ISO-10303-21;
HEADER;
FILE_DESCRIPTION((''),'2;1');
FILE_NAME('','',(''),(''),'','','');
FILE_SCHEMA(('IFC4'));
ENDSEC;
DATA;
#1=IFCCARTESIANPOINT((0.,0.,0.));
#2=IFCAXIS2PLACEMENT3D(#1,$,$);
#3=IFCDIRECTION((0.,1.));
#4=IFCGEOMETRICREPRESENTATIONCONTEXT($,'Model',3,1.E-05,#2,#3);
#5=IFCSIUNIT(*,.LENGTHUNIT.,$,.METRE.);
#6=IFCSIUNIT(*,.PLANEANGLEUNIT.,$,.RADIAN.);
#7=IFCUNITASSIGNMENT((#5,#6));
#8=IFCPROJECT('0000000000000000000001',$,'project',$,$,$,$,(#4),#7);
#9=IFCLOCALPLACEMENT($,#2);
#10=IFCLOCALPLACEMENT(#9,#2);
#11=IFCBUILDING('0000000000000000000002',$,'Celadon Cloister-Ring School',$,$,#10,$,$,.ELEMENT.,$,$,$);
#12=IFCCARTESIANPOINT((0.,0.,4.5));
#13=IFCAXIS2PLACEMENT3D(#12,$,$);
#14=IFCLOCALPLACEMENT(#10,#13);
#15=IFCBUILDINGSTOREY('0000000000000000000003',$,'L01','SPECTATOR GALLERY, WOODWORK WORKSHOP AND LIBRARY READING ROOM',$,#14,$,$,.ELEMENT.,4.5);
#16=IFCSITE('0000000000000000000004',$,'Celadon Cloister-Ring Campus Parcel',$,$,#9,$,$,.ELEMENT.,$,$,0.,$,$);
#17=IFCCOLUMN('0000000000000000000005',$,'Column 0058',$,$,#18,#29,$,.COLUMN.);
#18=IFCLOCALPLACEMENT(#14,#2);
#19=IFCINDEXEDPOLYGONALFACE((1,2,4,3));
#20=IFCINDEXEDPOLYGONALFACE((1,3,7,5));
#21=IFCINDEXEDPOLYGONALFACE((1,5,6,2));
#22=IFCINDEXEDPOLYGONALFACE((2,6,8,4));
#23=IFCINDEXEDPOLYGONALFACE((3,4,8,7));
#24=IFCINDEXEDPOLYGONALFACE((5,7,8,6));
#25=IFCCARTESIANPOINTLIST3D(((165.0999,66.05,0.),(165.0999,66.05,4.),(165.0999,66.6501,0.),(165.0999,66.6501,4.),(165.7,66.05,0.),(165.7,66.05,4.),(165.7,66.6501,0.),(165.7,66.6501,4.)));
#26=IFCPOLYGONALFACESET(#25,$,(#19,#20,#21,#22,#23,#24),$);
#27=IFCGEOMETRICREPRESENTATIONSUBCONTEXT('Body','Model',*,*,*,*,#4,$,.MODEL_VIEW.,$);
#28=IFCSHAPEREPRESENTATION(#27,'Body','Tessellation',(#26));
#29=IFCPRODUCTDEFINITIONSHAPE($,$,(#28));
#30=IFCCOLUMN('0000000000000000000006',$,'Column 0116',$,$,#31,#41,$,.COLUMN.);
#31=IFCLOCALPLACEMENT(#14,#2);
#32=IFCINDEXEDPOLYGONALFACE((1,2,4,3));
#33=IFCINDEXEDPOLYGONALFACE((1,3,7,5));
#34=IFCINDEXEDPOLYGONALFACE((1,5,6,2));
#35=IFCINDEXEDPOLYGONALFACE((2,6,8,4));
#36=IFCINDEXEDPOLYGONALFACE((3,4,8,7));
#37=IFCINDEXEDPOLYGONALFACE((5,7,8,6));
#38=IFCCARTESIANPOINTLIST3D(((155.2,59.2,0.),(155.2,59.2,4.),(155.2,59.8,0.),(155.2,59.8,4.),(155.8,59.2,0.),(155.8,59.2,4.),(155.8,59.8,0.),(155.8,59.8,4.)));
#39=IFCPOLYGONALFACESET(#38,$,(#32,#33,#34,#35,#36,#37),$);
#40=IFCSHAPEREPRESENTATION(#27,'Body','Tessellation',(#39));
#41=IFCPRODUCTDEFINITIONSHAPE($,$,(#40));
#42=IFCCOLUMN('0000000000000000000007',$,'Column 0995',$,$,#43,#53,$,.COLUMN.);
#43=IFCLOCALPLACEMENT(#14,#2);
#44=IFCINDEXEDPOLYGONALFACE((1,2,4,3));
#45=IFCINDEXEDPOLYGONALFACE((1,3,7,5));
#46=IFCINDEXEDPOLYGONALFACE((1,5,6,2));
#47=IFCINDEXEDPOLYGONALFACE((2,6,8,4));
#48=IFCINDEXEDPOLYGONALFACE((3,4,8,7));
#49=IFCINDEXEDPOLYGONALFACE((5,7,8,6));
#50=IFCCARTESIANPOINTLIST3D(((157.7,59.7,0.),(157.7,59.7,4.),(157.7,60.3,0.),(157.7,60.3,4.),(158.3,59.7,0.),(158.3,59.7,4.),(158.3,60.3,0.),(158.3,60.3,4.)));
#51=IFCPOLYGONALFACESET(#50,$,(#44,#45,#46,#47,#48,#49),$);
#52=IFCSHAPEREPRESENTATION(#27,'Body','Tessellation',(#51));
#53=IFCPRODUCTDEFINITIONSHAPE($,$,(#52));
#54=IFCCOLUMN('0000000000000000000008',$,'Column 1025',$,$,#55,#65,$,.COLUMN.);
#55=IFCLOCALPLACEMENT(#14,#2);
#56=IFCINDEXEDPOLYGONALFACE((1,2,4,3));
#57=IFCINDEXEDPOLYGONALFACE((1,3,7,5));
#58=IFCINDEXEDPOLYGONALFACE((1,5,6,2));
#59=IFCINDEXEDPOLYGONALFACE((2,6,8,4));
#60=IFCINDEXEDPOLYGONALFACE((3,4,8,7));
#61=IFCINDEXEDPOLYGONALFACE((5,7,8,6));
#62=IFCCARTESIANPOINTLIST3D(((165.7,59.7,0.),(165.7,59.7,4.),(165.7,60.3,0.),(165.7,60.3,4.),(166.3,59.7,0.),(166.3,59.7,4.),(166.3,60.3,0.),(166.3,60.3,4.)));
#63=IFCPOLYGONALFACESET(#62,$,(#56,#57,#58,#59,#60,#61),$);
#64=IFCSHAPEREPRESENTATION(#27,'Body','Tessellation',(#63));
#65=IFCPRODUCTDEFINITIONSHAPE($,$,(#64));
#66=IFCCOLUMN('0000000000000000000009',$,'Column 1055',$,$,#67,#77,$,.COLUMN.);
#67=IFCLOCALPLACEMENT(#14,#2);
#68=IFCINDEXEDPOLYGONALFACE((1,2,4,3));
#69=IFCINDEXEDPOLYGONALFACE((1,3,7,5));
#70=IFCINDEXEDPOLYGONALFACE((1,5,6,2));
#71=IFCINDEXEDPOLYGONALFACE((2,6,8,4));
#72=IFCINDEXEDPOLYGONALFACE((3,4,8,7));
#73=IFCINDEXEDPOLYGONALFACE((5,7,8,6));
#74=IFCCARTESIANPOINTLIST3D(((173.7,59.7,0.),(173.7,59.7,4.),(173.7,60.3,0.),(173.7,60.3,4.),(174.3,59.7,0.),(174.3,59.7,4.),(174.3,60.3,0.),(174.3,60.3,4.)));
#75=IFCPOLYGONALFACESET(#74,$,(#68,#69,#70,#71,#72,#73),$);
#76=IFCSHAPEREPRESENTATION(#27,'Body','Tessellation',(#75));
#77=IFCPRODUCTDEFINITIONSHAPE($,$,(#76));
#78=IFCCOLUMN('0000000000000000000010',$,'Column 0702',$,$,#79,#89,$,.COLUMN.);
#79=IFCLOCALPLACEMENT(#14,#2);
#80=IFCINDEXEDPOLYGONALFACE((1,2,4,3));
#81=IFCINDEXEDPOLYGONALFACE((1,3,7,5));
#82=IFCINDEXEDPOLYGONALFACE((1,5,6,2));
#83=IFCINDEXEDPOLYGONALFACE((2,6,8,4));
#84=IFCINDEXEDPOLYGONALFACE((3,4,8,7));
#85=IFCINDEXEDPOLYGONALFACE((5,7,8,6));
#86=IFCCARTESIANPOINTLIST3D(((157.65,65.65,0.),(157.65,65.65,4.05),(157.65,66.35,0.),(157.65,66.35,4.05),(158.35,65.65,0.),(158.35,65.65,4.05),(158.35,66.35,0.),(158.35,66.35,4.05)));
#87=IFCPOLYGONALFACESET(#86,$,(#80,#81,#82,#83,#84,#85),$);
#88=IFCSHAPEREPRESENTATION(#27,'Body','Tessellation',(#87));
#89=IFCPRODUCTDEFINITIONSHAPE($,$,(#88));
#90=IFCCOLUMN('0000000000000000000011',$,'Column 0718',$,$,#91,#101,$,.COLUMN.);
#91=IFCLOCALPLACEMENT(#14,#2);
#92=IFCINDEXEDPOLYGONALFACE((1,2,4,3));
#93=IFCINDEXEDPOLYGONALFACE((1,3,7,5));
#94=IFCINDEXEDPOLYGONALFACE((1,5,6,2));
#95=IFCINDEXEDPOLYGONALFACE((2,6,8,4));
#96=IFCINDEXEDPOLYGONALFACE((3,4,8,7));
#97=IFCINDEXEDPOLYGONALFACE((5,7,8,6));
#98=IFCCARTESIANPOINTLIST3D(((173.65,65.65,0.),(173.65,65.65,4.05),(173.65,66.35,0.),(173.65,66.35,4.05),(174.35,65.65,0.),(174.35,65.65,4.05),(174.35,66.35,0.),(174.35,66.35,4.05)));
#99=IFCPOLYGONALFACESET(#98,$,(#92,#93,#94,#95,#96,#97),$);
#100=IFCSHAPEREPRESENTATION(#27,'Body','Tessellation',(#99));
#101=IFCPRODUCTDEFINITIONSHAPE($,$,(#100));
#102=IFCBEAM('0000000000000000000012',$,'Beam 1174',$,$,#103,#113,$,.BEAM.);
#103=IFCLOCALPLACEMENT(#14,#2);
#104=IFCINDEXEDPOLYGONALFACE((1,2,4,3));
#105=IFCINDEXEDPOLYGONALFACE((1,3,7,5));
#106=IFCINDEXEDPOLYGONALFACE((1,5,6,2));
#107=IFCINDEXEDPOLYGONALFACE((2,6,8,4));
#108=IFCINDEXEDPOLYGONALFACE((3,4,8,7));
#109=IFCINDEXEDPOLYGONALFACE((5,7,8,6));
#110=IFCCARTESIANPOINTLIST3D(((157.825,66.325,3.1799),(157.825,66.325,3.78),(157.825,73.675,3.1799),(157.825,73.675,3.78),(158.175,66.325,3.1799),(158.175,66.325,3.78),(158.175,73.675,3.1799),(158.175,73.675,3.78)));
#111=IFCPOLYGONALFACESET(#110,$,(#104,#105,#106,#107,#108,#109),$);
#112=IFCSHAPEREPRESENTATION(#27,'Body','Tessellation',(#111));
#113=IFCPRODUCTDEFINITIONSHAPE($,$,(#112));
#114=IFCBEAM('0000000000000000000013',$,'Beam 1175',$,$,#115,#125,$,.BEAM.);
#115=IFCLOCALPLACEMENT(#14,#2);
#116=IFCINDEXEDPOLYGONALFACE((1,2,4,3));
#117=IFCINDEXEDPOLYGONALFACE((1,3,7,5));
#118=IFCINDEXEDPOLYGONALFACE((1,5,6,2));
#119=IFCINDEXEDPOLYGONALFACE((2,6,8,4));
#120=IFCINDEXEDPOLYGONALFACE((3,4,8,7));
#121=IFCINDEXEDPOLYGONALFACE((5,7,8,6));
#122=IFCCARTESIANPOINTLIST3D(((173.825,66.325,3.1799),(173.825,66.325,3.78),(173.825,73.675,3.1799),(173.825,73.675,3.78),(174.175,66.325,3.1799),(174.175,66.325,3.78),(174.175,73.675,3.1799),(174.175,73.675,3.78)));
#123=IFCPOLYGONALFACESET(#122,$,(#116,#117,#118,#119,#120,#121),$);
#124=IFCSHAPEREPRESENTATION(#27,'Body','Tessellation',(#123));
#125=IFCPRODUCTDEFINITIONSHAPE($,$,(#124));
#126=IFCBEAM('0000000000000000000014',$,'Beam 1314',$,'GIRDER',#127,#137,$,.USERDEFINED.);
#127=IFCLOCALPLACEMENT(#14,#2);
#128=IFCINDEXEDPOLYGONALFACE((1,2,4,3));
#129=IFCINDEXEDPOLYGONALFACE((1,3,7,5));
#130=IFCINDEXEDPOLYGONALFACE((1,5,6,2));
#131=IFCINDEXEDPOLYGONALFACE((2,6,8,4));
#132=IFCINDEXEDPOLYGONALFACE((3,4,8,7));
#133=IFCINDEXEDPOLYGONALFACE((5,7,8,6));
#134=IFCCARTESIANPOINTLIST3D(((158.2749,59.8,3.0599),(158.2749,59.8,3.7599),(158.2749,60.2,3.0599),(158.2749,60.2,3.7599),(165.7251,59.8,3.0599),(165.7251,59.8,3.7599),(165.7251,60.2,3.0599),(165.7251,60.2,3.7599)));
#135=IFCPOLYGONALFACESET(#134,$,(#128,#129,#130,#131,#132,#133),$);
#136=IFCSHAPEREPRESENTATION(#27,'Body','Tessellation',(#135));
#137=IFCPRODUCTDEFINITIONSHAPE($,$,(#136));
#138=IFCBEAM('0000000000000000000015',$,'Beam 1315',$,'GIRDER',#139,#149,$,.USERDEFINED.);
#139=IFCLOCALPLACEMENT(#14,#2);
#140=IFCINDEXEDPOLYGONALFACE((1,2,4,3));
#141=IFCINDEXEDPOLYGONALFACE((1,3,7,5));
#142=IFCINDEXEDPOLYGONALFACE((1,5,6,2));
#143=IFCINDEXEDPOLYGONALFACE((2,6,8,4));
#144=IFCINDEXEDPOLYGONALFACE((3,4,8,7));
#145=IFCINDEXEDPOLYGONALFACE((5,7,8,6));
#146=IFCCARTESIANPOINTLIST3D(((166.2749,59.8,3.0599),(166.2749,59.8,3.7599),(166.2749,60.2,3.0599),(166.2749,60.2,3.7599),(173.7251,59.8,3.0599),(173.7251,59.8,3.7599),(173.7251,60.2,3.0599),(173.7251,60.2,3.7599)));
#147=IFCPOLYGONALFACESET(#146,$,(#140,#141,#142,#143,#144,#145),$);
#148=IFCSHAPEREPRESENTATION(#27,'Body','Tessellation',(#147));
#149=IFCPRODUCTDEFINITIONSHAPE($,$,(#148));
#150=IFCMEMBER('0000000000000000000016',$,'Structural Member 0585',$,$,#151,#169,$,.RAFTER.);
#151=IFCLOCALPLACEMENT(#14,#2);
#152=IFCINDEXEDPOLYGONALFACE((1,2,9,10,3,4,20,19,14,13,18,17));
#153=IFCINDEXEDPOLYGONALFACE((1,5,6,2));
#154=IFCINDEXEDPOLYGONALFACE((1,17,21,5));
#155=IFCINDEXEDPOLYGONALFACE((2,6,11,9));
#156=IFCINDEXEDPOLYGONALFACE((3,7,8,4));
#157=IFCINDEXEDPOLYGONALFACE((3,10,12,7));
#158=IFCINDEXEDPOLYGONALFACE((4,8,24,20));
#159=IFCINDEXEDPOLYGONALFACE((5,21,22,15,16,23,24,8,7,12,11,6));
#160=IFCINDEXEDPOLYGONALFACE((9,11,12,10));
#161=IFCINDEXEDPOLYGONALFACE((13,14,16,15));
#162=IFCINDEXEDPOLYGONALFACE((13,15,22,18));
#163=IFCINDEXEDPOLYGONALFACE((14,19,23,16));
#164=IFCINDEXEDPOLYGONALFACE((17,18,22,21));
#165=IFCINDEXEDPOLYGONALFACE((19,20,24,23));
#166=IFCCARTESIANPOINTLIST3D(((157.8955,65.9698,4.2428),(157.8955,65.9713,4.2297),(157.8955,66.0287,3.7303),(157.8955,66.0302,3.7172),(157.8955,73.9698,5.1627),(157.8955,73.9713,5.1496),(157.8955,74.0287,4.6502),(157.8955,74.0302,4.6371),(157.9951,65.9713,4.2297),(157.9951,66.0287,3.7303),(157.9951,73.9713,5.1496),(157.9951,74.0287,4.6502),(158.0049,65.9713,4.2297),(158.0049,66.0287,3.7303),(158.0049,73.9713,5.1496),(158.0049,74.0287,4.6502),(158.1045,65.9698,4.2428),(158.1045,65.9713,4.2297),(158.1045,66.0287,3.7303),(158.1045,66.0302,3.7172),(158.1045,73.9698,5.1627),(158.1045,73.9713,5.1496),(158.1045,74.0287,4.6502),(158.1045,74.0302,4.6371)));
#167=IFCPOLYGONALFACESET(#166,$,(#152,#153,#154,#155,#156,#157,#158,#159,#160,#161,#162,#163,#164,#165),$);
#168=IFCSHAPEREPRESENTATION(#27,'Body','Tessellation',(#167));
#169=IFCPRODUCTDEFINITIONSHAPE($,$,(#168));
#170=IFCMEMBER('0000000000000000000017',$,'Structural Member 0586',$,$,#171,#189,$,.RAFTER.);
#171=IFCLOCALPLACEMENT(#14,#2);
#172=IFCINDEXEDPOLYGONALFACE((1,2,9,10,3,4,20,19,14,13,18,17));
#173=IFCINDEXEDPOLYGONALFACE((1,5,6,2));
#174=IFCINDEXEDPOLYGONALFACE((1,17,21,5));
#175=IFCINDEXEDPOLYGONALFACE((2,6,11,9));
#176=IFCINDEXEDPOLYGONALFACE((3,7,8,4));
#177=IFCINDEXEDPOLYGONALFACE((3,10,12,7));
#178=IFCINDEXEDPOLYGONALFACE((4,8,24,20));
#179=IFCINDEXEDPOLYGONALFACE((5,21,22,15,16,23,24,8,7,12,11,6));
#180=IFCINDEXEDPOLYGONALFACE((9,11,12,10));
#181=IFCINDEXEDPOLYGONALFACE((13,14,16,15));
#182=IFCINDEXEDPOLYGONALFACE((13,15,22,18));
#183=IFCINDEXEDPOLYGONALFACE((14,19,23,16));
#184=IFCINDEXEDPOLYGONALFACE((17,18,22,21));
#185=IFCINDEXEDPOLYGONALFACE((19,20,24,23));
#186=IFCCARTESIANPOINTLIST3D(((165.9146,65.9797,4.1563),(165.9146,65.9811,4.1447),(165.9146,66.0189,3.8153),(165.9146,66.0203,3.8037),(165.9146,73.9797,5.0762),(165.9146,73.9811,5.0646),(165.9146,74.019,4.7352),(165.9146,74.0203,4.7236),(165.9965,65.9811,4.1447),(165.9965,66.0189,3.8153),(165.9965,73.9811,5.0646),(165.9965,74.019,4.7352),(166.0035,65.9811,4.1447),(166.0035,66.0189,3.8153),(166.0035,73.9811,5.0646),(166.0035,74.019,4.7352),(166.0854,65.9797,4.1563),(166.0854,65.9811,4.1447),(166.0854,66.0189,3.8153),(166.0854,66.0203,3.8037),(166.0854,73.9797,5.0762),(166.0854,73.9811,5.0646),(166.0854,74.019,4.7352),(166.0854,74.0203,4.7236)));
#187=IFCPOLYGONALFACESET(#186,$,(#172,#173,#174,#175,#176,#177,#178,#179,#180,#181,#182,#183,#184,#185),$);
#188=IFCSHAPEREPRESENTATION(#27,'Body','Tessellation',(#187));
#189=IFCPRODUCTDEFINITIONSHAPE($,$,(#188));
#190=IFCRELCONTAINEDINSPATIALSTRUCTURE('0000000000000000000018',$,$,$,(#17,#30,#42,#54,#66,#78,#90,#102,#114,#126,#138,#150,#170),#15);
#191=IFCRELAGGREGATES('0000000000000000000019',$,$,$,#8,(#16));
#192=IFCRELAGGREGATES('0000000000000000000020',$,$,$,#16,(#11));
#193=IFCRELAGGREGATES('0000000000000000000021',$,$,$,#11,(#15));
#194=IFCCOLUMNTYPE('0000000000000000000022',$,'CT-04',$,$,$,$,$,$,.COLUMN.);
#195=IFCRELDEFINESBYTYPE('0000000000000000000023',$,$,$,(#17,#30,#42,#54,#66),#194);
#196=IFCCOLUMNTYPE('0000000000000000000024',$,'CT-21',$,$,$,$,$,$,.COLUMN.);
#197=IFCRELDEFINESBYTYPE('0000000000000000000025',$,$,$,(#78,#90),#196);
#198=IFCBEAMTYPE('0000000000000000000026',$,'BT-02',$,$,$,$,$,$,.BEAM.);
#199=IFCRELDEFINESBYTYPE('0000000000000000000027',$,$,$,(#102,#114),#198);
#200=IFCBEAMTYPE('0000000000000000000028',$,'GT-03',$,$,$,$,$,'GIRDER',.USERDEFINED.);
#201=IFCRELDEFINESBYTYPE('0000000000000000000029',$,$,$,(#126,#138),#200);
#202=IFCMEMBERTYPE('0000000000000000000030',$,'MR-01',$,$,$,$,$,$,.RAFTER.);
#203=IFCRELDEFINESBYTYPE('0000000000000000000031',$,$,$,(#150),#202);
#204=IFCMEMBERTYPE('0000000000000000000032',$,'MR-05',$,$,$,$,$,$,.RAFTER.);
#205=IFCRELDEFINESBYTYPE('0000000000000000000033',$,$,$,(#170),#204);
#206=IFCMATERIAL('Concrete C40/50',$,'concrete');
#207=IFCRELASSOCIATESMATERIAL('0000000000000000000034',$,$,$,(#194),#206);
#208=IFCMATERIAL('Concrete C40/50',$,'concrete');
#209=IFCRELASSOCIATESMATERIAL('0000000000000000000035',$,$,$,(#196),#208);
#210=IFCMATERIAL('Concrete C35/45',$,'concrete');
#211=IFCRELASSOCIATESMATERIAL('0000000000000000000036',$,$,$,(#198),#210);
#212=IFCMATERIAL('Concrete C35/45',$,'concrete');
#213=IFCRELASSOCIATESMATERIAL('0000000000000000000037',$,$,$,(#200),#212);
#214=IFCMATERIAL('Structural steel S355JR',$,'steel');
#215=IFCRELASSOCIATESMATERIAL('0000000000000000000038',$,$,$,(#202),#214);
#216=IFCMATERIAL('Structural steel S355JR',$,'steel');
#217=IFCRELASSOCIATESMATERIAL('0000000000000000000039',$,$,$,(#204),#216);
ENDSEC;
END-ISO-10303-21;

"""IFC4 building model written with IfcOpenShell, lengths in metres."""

from ifc_helpers import new_model, si_unit, direction, frame, origin, origin_2d, place, context, subcontext, project, spatial, rectangle, i_section, extrude, material, material_profile, profile_set, type_object, element, save


model = new_model("IFC4")

# Units and contexts
model_context = context("Model", 3, precision=1e-05, world=origin(), true_north=direction((0.0, 1.0)))
body_context = subcontext(model_context, "Body", "Model", "MODEL_VIEW")
ifc_project = project(units=[si_unit("LENGTHUNIT", "METRE"), si_unit("PLANEANGLEUNIT", "RADIAN")], contexts=[model_context])

# Site, building, storey
site_placement = place(None, origin())
site = spatial("IfcSite", under=ifc_project, at=site_placement, Name="Celadon Cloister-Ring Campus Parcel", CompositionType="ELEMENT", RefElevation=0.0)
building_placement = place(site_placement, origin())
building = spatial("IfcBuilding", under=site, at=building_placement, Name="Celadon Cloister-Ring School", CompositionType="ELEMENT")
storey_placement = place(building_placement, frame((0.0, 0.0, 4.5)))
storey = spatial("IfcBuildingStorey", under=building, at=storey_placement, Name="L01", Description="SPECTATOR GALLERY, WOODWORK WORKSHOP AND LIBRARY READING ROOM", CompositionType="ELEMENT", Elevation=4.5)

# Columns
ifc_material_1 = material(Name="Concrete C40/50", Category="concrete")
ifc_material_profile_1 = material_profile(ifc_material_1, rectangle(XDim=0.6001, YDim=0.6001, at=origin_2d()), Name="RC600X600")
ifc_profile_set_1 = profile_set([ifc_material_profile_1], Name="Concrete C40/50")
column_type_1 = type_object("IfcColumnType", Name="CT-04", PredefinedType="COLUMN", material=ifc_profile_set_1)
for number, where, z_axis, x_axis, name in (
    (1, (165.3999, 66.3501, 0.0), (0.0, 0.0, 1.0), (1.0, 0.0, 0.0), "Column 0058"),
    (2, (155.5, 59.5, 0.0), (0.0, 0.0, 1.0), (1.0, 0.0, 0.0), "Column 0116"),
    (3, (158.0, 60.0, 0.0), (0.0, 0.0, 1.0), (1.0, 0.0, 0.0), "Column 0995"),
    (4, (166.0, 60.0, 0.0), (0.0, 0.0, 1.0), (1.0, 0.0, 0.0), "Column 1025"),
    (5, (174.0, 60.0, 0.0), (0.0, 0.0, 1.0), (1.0, 0.0, 0.0), "Column 1055"),
):
    element("IfcColumn", number, at=place(storey_placement, frame(where, z_axis=z_axis, x_axis=x_axis)), inside=storey, type_object=column_type_1, Name=name, PredefinedType="COLUMN", context=body_context, shape_type="SweptSolid", body=[
        extrude(rectangle(XDim=0.6001, YDim=0.6001, at=origin_2d()), origin(), (0.0, 0.0, 1.0), 4.0),
    ])
ifc_material_2 = material(Name="Concrete C40/50", Category="concrete")
ifc_material_profile_2 = material_profile(ifc_material_2, rectangle(XDim=0.7, YDim=0.7, at=origin_2d()), Name="RC700X700")
ifc_profile_set_2 = profile_set([ifc_material_profile_2], Name="Concrete C40/50")
column_type_2 = type_object("IfcColumnType", Name="CT-21", PredefinedType="COLUMN", material=ifc_profile_set_2)
for number, where, z_axis, x_axis, name in (
    (6, (158.0, 66.0, 0.0), (0.0, 0.0, 1.0), (1.0, 0.0, 0.0), "Column 0702"),
    (7, (174.0, 66.0, 0.0), (0.0, 0.0, 1.0), (1.0, 0.0, 0.0), "Column 0718"),
):
    element("IfcColumn", number, at=place(storey_placement, frame(where, z_axis=z_axis, x_axis=x_axis)), inside=storey, type_object=column_type_2, Name=name, PredefinedType="COLUMN", context=body_context, shape_type="SweptSolid", body=[
        extrude(rectangle(XDim=0.7, YDim=0.7, at=origin_2d()), origin(), (0.0, 0.0, 1.0), 4.05),
    ])

# Beams
ifc_material_3 = material(Name="Concrete C35/45", Category="concrete")
ifc_material_profile_3 = material_profile(ifc_material_3, rectangle(XDim=0.3501, YDim=0.6001, at=origin_2d()), Name="RC350X600")
ifc_profile_set_3 = profile_set([ifc_material_profile_3], Name="Concrete C35/45")
beam_type_1 = type_object("IfcBeamType", Name="BT-02", PredefinedType="BEAM", material=ifc_profile_set_3)
for number, where, z_axis, x_axis, name in (
    (8, (158.0, 66.325, 3.48), (0.0, 1.0, 0.0), (-1.0, 0.0, 0.0), "Beam 1174"),
    (9, (174.0, 66.325, 3.48), (0.0, 1.0, 0.0), (-1.0, 0.0, 0.0), "Beam 1175"),
):
    element("IfcBeam", number, at=place(storey_placement, frame(where, z_axis=z_axis, x_axis=x_axis)), inside=storey, type_object=beam_type_1, Name=name, PredefinedType="BEAM", context=body_context, shape_type="SweptSolid", body=[
        extrude(rectangle(XDim=0.3501, YDim=0.6001, at=origin_2d()), origin(), (0.0, 0.0, 1.0), 7.3501),
    ])
ifc_material_4 = material(Name="Concrete C35/45", Category="concrete")
ifc_material_profile_4 = material_profile(ifc_material_4, rectangle(XDim=0.3999, YDim=0.7, at=origin_2d()), Name="RC400X700")
ifc_profile_set_4 = profile_set([ifc_material_profile_4], Name="Concrete C35/45")
beam_type_2 = type_object("IfcBeamType", Name="GT-03", ElementType="GIRDER", PredefinedType="USERDEFINED", material=ifc_profile_set_4)
for number, where, z_axis, x_axis, name in (
    (10, (158.2749, 60.0, 3.4099), (1.0, 0.0, 0.0), (0.0, 1.0, 0.0), "Beam 1314"),
    (11, (166.2749, 60.0, 3.4099), (1.0, 0.0, 0.0), (0.0, 1.0, 0.0), "Beam 1315"),
):
    element("IfcBeam", number, at=place(storey_placement, frame(where, z_axis=z_axis, x_axis=x_axis)), inside=storey, type_object=beam_type_2, Name=name, ObjectType="GIRDER", PredefinedType="USERDEFINED", context=body_context, shape_type="SweptSolid", body=[
        extrude(rectangle(XDim=0.3999, YDim=0.7, at=origin_2d()), origin(), (0.0, 0.0, 1.0), 7.4502),
    ])

# Members
ifc_material_5 = material(Name="Structural steel S355JR", Category="steel")
ifc_material_profile_5 = material_profile(ifc_material_5, i_section(OverallWidth=0.209, OverallDepth=0.5291, WebThickness=0.0098, FlangeThickness=0.0132, at=origin_2d()), Name="W530X74")
ifc_profile_set_5 = profile_set([ifc_material_profile_5], Name="Structural steel S355JR")
member_type_1 = type_object("IfcMemberType", Name="MR-01", PredefinedType="RAFTER", material=ifc_profile_set_5)
member_placement = place(storey_placement, frame((158.0, 66.0, 3.98), z_axis=(0.0, 0.993453, 0.114237), x_axis=(-1.0, 0.0, 0.0)))
element("IfcMember", 12, at=member_placement, inside=storey, type_object=member_type_1, Name="Structural Member 0585", PredefinedType="RAFTER", context=body_context, shape_type="SweptSolid", body=[
    extrude(i_section(OverallWidth=0.209, OverallDepth=0.5291, WebThickness=0.0098, FlangeThickness=0.0132, at=origin_2d()), origin(), (0.0, 0.0, 1.0), 8.0527),
])
ifc_material_6 = material(Name="Structural steel S355JR", Category="steel")
ifc_material_profile_6 = material_profile(ifc_material_6, i_section(OverallWidth=0.1709, OverallDepth=0.355, WebThickness=0.0071, FlangeThickness=0.0117, at=origin_2d()), Name="W360X51")
ifc_profile_set_6 = profile_set([ifc_material_profile_6], Name="Structural steel S355JR")
member_type_2 = type_object("IfcMemberType", Name="MR-05", PredefinedType="RAFTER", material=ifc_profile_set_6)
for number, where, z_axis, x_axis, name in (
    (13, (166.0, 66.0, 3.98), (0.0, 0.993453, 0.114237), (-1.0, 0.0, 0.0), "Structural Member 0586"),
):
    element("IfcMember", number, at=place(storey_placement, frame(where, z_axis=z_axis, x_axis=x_axis)), inside=storey, type_object=member_type_2, Name=name, PredefinedType="RAFTER", context=body_context, shape_type="SweptSolid", body=[
        extrude(i_section(OverallWidth=0.1709, OverallDepth=0.355, WebThickness=0.0071, FlangeThickness=0.0117, at=origin_2d()), origin(), (0.0, 0.0, 1.0), 8.0527),
    ])

save(model, "model.ifc")
